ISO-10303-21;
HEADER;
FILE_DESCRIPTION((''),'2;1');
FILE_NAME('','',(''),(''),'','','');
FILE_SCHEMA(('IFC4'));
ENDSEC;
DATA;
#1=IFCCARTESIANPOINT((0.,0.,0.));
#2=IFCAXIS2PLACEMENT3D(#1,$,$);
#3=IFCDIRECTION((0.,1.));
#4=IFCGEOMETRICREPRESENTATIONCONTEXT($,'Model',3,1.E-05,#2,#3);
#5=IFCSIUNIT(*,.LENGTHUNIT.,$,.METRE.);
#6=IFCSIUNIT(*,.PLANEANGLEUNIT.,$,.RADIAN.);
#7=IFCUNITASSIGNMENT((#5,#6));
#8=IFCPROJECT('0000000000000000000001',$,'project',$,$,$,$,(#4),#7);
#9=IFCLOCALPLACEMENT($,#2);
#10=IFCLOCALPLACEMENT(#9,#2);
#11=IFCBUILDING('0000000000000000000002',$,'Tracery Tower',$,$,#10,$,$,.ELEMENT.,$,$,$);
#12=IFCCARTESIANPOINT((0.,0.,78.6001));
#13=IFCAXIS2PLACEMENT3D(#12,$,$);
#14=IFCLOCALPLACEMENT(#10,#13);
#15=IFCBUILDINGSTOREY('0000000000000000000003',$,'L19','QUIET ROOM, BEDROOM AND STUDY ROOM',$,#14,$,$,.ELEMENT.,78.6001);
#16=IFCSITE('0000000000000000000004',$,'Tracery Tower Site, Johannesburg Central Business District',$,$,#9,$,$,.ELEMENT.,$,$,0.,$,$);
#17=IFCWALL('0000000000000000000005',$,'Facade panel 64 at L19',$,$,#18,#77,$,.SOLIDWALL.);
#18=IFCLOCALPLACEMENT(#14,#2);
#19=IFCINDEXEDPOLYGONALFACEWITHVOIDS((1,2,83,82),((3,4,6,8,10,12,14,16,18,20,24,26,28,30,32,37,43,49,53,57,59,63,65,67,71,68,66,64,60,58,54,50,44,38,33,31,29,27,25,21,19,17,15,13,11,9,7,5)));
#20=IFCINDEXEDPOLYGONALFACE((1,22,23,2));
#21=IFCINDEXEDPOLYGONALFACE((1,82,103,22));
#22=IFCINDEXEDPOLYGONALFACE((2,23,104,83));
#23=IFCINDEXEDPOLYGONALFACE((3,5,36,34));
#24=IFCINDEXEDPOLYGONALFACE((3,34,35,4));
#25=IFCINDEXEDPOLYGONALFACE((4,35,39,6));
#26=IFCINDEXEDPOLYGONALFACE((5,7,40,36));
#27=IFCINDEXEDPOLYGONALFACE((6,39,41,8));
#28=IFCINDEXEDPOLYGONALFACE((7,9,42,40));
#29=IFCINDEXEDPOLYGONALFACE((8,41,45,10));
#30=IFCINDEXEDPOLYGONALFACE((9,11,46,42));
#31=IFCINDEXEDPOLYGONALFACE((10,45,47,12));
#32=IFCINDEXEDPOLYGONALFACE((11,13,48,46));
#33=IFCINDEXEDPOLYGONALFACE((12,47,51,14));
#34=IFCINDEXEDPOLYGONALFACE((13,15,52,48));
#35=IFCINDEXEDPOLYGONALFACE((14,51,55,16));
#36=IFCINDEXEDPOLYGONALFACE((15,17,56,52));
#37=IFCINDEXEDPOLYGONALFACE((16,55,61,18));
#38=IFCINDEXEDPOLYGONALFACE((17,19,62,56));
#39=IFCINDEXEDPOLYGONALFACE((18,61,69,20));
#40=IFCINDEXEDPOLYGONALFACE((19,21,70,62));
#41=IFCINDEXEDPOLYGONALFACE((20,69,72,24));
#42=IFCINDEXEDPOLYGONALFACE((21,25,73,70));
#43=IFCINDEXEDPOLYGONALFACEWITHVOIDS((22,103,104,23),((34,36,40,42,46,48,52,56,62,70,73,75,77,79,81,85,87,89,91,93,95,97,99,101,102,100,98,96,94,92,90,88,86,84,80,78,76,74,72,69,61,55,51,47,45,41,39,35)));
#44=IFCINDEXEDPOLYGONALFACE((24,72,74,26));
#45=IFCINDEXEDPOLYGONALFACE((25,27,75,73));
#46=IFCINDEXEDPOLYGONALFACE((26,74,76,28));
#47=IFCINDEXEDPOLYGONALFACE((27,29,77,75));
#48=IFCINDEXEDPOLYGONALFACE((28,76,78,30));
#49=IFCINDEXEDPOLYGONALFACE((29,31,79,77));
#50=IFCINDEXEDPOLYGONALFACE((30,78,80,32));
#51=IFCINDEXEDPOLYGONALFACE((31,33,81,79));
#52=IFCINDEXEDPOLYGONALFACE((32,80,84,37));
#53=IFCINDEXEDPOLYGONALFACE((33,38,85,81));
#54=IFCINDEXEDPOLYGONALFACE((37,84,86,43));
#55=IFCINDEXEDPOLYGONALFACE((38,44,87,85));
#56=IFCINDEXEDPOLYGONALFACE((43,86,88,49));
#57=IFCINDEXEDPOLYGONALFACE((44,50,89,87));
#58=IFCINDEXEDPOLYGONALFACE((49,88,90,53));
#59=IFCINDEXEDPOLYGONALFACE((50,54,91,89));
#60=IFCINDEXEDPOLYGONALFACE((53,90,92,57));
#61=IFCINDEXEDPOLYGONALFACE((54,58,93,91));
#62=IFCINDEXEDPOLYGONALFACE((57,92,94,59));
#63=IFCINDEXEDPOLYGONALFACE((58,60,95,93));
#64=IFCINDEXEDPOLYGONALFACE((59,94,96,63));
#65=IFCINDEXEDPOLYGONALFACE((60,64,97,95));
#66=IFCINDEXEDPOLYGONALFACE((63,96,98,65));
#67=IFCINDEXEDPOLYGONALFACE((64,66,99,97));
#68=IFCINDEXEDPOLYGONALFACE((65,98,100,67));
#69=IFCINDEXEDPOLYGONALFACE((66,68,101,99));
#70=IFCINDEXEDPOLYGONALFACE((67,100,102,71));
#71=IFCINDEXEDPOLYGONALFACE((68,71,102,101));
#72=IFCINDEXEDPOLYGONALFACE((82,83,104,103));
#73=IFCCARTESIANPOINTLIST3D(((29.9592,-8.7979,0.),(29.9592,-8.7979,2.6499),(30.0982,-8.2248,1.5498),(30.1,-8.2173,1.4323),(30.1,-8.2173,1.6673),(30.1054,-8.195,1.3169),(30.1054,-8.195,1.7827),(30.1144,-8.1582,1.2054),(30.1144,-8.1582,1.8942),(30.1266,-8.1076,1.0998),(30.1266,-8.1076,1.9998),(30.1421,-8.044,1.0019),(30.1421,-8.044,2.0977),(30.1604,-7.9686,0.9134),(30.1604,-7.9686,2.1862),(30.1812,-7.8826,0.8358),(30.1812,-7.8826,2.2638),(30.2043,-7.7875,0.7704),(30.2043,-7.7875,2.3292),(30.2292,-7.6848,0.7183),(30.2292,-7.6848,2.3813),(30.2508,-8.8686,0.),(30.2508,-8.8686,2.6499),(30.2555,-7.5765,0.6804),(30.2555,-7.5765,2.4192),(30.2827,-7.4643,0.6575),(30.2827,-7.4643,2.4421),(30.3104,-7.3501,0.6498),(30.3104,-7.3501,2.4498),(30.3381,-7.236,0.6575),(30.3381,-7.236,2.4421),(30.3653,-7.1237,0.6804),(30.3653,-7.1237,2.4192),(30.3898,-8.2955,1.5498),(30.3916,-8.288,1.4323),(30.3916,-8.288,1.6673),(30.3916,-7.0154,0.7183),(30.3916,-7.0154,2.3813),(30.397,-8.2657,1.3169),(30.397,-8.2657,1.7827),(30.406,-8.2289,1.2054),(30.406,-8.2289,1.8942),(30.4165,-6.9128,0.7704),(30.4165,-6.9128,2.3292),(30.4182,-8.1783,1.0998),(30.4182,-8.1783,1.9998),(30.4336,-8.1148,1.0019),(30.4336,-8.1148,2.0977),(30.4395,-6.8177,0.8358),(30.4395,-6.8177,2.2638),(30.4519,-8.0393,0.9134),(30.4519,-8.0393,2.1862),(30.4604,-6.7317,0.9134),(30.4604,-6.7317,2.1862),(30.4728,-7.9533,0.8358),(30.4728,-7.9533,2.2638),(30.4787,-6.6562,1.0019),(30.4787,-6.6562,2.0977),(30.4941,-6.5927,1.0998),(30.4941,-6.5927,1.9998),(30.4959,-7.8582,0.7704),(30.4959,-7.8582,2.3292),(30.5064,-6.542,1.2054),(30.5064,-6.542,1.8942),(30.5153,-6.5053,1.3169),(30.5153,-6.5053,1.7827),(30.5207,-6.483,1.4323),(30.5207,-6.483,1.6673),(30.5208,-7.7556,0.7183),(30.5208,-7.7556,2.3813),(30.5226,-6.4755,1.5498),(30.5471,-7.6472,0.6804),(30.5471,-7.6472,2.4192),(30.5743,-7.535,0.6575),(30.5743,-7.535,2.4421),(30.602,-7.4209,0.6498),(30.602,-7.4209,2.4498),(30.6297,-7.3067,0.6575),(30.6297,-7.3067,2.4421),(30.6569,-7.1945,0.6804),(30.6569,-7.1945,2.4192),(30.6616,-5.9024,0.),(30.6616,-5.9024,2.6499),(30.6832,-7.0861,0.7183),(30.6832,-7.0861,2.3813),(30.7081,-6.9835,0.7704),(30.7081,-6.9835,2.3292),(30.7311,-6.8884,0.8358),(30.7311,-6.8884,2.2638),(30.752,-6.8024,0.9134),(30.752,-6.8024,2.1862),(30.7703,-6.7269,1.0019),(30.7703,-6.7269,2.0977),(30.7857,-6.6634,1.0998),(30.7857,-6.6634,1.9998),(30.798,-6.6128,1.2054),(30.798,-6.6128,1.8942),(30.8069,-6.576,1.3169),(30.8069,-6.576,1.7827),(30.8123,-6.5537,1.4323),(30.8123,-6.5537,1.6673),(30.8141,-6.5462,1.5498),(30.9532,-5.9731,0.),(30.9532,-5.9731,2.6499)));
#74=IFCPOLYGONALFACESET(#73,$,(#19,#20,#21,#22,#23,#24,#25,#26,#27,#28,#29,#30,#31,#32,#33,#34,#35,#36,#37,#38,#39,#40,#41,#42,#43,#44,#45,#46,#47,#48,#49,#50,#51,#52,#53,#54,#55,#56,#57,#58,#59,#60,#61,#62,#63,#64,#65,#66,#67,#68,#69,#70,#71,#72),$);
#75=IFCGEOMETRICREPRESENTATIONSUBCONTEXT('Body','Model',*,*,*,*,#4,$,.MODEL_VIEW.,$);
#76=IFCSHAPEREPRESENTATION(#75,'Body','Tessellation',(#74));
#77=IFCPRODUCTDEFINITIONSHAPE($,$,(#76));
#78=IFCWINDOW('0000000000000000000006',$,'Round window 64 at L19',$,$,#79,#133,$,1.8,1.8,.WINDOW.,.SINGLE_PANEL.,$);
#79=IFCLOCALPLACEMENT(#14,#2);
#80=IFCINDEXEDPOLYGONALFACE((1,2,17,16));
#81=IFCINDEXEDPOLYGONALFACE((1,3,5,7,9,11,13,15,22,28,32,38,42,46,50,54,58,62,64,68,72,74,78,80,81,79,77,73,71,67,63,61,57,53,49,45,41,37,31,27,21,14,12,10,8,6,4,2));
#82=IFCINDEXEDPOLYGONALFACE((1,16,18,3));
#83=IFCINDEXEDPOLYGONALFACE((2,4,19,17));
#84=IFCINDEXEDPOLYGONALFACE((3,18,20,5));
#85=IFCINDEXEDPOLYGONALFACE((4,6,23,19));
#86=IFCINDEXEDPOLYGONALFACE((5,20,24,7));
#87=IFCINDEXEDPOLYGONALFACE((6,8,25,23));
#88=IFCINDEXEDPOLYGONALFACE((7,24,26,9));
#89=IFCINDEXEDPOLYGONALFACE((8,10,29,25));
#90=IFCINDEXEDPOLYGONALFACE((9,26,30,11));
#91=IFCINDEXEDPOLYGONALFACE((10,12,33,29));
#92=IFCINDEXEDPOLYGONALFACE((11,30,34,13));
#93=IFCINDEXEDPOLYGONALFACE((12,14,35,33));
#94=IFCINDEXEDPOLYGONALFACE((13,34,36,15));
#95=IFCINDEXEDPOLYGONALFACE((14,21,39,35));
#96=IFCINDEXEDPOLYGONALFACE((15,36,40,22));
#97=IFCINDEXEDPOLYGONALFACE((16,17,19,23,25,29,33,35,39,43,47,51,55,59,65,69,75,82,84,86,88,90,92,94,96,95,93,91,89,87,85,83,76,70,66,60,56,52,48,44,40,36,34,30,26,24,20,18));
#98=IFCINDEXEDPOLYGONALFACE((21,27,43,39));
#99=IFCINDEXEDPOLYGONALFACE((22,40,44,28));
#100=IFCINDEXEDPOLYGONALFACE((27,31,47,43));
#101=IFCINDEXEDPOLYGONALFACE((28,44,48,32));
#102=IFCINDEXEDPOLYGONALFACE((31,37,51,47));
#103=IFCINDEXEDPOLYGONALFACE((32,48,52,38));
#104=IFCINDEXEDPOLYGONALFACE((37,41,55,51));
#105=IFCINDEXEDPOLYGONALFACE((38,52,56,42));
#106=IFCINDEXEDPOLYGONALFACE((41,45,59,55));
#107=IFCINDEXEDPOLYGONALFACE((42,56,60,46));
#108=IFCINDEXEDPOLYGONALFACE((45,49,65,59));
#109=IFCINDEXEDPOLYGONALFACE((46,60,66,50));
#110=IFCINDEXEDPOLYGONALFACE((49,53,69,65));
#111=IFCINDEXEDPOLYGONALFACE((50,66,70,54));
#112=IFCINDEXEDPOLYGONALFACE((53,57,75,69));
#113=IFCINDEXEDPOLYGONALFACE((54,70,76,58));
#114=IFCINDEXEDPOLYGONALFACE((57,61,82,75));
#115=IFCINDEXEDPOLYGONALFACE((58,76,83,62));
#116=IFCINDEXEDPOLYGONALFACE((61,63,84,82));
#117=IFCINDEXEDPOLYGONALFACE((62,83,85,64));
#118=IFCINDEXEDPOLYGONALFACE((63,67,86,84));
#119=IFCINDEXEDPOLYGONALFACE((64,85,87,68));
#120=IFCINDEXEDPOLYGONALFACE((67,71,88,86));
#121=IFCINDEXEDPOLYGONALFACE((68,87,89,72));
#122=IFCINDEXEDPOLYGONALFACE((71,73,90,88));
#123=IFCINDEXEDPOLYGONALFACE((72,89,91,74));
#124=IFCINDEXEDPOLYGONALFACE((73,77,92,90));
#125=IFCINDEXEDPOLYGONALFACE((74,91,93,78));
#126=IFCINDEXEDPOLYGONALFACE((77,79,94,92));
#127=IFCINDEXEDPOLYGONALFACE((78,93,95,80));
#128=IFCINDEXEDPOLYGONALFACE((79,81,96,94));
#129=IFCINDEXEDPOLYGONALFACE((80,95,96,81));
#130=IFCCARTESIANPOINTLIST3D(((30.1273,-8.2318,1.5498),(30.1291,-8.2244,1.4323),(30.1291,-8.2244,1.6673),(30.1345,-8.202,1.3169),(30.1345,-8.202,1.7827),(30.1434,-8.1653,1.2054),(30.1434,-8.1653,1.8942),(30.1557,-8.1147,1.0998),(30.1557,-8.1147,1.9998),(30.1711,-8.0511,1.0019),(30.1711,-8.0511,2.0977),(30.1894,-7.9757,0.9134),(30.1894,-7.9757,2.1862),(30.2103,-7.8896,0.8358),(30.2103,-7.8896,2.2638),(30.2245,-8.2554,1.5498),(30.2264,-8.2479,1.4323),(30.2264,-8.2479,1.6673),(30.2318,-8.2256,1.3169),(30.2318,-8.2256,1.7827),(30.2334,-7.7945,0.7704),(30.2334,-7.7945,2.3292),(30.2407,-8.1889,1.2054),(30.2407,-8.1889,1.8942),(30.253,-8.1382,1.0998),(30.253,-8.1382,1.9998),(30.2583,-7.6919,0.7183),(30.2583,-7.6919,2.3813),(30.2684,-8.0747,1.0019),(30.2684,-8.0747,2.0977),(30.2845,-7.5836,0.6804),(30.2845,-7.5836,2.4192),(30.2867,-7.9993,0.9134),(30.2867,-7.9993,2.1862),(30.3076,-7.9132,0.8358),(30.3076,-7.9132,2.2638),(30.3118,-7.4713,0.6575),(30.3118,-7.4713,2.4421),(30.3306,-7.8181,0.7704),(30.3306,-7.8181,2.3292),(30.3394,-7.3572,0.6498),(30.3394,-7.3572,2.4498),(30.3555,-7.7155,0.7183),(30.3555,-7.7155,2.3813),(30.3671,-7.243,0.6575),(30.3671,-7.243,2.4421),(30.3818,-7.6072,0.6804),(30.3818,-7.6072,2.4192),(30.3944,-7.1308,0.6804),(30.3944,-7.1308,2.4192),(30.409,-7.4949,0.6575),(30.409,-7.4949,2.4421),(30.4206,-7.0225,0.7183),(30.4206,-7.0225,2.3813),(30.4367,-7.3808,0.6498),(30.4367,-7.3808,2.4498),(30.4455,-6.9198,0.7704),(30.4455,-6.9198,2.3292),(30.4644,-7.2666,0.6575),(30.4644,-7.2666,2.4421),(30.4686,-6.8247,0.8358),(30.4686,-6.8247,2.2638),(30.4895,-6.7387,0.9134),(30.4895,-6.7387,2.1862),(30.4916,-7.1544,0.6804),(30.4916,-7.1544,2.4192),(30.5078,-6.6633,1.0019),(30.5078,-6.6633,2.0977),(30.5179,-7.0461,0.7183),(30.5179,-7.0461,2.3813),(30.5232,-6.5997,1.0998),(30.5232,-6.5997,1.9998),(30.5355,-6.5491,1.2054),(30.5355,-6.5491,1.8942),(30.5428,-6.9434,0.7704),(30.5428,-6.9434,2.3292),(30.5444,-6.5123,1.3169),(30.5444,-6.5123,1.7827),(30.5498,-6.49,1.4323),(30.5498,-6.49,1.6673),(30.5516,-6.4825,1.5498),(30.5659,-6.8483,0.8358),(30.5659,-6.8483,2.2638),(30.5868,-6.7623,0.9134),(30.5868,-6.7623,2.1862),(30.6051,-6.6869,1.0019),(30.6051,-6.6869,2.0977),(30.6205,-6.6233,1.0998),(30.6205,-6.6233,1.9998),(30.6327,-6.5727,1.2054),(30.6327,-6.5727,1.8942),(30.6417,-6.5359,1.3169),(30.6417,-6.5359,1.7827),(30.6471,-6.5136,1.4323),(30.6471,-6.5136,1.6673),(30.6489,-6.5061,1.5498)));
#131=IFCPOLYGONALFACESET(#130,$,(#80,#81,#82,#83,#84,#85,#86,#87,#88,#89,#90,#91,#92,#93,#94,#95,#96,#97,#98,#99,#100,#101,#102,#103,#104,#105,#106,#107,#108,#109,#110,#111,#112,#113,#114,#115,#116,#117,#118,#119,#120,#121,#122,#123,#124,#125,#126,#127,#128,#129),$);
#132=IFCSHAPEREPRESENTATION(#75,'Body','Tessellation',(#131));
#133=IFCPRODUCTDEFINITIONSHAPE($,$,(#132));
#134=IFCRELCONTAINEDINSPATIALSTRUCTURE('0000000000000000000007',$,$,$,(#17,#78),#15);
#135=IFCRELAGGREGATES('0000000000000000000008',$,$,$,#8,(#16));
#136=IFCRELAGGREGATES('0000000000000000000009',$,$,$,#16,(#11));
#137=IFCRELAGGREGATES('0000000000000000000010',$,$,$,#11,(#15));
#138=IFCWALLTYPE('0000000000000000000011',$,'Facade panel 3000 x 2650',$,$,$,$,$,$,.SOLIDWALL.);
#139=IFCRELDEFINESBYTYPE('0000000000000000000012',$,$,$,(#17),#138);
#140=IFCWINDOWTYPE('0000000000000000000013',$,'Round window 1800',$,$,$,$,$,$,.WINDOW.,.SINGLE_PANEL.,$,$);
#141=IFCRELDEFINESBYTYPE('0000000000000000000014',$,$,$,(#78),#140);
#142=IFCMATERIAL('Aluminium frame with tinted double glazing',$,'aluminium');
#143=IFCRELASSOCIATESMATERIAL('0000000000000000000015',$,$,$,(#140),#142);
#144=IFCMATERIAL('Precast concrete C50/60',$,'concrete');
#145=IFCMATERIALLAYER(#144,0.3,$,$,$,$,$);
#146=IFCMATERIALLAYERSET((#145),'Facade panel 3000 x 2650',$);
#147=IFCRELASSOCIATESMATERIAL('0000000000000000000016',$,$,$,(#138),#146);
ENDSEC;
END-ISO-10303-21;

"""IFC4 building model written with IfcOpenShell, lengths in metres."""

from ifc_helpers import new_model, si_unit, direction, frame, frame_2d, origin, origin_2d, place, context, subcontext, project, spatial, rectangle, circle, extrude, material, layer, layer_set, type_object, element, fill, save


model = new_model("IFC4")

# Units and contexts
model_context = context("Model", 3, precision=1e-05, world=origin(), true_north=direction((0.0, 1.0)))
body_context = subcontext(model_context, "Body", "Model", "MODEL_VIEW")
ifc_project = project(units=[si_unit("LENGTHUNIT", "METRE"), si_unit("PLANEANGLEUNIT", "RADIAN")], contexts=[model_context])

# Site, building, storey
site_placement = place(None, origin())
site = spatial("IfcSite", under=ifc_project, at=site_placement, Name="Tracery Tower Site, Johannesburg Central Business District", CompositionType="ELEMENT", RefElevation=0.0)
building_placement = place(site_placement, origin())
building = spatial("IfcBuilding", under=site, at=building_placement, Name="Tracery Tower", CompositionType="ELEMENT")
storey_placement = place(building_placement, frame((0.0, 0.0, 78.6001)))
storey = spatial("IfcBuildingStorey", under=building, at=storey_placement, Name="L19", Description="QUIET ROOM, BEDROOM AND STUDY ROOM", CompositionType="ELEMENT", Elevation=78.6001)

# Wall, opening, window
ifc_material_1 = material(Name="Aluminium frame with tinted double glazing", Category="aluminium")
window_type = type_object("IfcWindowType", Name="Round window 1800", PartitioningType="SINGLE_PANEL", PredefinedType="WINDOW", material=ifc_material_1)
ifc_material_2 = material(Name="Precast concrete C50/60", Category="concrete")
ifc_layer_1 = layer(ifc_material_2, 0.3)
ifc_layer_set_1 = layer_set([ifc_layer_1], Name="Facade panel 3000 x 2650")
wall_type_1 = type_object("IfcWallType", Name="Facade panel 3000 x 2650", PredefinedType="SOLIDWALL", material=ifc_layer_set_1)
wall_1_placement = place(storey_placement, frame((30.105, -8.8333, 0.0), z_axis=(0.0, 0.0, 1.0), x_axis=(0.235743, 0.971815, 0.0)))
wall_1 = element("IfcWall", 1, at=wall_1_placement, inside=storey, type_object=wall_type_1, Name="Facade panel 64 at L19", PredefinedType="SOLIDWALL", context=body_context, shape_type="SweptSolid", body=[
    extrude(rectangle(XDim=2.9795, YDim=0.3, at=frame_2d((1.4897, 0.0))), origin(), (0.0, 0.0, 1.0), 2.6499),
])
opening_1_placement = place(wall_1_placement, frame((1.4897, 0.0, 1.5498)))
opening_1 = element("IfcOpeningElement", 2, at=opening_1_placement, cuts=wall_1, PredefinedType="OPENING", context=body_context, shape_type="SweptSolid", body=[
    extrude(circle(Radius=0.9, at=origin_2d()), frame((0.0, 0.1599, 0.0), z_axis=(0.0, -1.0, 0.0), x_axis=(1.0, 0.0, 0.0)), (0.0, 0.0, 1.0), 0.3201),
])
window_1_placement = place(opening_1_placement, origin())
window_1 = element("IfcWindow", 3, at=window_1_placement, inside=storey, type_object=window_type, Name="Round window 64 at L19", OverallHeight=1.8, OverallWidth=1.8, PartitioningType="SINGLE_PANEL", PredefinedType="WINDOW", context=body_context, shape_type="SweptSolid", body=[
    extrude(circle(Radius=0.9, at=origin_2d()), frame((0.0, 0.1201, 0.0), z_axis=(0.0, -1.0, 0.0), x_axis=(1.0, 0.0, 0.0)), (0.0, 0.0, 1.0), 0.1001),
])
fill(opening_1, window_1)

save(model, "model.ifc")
